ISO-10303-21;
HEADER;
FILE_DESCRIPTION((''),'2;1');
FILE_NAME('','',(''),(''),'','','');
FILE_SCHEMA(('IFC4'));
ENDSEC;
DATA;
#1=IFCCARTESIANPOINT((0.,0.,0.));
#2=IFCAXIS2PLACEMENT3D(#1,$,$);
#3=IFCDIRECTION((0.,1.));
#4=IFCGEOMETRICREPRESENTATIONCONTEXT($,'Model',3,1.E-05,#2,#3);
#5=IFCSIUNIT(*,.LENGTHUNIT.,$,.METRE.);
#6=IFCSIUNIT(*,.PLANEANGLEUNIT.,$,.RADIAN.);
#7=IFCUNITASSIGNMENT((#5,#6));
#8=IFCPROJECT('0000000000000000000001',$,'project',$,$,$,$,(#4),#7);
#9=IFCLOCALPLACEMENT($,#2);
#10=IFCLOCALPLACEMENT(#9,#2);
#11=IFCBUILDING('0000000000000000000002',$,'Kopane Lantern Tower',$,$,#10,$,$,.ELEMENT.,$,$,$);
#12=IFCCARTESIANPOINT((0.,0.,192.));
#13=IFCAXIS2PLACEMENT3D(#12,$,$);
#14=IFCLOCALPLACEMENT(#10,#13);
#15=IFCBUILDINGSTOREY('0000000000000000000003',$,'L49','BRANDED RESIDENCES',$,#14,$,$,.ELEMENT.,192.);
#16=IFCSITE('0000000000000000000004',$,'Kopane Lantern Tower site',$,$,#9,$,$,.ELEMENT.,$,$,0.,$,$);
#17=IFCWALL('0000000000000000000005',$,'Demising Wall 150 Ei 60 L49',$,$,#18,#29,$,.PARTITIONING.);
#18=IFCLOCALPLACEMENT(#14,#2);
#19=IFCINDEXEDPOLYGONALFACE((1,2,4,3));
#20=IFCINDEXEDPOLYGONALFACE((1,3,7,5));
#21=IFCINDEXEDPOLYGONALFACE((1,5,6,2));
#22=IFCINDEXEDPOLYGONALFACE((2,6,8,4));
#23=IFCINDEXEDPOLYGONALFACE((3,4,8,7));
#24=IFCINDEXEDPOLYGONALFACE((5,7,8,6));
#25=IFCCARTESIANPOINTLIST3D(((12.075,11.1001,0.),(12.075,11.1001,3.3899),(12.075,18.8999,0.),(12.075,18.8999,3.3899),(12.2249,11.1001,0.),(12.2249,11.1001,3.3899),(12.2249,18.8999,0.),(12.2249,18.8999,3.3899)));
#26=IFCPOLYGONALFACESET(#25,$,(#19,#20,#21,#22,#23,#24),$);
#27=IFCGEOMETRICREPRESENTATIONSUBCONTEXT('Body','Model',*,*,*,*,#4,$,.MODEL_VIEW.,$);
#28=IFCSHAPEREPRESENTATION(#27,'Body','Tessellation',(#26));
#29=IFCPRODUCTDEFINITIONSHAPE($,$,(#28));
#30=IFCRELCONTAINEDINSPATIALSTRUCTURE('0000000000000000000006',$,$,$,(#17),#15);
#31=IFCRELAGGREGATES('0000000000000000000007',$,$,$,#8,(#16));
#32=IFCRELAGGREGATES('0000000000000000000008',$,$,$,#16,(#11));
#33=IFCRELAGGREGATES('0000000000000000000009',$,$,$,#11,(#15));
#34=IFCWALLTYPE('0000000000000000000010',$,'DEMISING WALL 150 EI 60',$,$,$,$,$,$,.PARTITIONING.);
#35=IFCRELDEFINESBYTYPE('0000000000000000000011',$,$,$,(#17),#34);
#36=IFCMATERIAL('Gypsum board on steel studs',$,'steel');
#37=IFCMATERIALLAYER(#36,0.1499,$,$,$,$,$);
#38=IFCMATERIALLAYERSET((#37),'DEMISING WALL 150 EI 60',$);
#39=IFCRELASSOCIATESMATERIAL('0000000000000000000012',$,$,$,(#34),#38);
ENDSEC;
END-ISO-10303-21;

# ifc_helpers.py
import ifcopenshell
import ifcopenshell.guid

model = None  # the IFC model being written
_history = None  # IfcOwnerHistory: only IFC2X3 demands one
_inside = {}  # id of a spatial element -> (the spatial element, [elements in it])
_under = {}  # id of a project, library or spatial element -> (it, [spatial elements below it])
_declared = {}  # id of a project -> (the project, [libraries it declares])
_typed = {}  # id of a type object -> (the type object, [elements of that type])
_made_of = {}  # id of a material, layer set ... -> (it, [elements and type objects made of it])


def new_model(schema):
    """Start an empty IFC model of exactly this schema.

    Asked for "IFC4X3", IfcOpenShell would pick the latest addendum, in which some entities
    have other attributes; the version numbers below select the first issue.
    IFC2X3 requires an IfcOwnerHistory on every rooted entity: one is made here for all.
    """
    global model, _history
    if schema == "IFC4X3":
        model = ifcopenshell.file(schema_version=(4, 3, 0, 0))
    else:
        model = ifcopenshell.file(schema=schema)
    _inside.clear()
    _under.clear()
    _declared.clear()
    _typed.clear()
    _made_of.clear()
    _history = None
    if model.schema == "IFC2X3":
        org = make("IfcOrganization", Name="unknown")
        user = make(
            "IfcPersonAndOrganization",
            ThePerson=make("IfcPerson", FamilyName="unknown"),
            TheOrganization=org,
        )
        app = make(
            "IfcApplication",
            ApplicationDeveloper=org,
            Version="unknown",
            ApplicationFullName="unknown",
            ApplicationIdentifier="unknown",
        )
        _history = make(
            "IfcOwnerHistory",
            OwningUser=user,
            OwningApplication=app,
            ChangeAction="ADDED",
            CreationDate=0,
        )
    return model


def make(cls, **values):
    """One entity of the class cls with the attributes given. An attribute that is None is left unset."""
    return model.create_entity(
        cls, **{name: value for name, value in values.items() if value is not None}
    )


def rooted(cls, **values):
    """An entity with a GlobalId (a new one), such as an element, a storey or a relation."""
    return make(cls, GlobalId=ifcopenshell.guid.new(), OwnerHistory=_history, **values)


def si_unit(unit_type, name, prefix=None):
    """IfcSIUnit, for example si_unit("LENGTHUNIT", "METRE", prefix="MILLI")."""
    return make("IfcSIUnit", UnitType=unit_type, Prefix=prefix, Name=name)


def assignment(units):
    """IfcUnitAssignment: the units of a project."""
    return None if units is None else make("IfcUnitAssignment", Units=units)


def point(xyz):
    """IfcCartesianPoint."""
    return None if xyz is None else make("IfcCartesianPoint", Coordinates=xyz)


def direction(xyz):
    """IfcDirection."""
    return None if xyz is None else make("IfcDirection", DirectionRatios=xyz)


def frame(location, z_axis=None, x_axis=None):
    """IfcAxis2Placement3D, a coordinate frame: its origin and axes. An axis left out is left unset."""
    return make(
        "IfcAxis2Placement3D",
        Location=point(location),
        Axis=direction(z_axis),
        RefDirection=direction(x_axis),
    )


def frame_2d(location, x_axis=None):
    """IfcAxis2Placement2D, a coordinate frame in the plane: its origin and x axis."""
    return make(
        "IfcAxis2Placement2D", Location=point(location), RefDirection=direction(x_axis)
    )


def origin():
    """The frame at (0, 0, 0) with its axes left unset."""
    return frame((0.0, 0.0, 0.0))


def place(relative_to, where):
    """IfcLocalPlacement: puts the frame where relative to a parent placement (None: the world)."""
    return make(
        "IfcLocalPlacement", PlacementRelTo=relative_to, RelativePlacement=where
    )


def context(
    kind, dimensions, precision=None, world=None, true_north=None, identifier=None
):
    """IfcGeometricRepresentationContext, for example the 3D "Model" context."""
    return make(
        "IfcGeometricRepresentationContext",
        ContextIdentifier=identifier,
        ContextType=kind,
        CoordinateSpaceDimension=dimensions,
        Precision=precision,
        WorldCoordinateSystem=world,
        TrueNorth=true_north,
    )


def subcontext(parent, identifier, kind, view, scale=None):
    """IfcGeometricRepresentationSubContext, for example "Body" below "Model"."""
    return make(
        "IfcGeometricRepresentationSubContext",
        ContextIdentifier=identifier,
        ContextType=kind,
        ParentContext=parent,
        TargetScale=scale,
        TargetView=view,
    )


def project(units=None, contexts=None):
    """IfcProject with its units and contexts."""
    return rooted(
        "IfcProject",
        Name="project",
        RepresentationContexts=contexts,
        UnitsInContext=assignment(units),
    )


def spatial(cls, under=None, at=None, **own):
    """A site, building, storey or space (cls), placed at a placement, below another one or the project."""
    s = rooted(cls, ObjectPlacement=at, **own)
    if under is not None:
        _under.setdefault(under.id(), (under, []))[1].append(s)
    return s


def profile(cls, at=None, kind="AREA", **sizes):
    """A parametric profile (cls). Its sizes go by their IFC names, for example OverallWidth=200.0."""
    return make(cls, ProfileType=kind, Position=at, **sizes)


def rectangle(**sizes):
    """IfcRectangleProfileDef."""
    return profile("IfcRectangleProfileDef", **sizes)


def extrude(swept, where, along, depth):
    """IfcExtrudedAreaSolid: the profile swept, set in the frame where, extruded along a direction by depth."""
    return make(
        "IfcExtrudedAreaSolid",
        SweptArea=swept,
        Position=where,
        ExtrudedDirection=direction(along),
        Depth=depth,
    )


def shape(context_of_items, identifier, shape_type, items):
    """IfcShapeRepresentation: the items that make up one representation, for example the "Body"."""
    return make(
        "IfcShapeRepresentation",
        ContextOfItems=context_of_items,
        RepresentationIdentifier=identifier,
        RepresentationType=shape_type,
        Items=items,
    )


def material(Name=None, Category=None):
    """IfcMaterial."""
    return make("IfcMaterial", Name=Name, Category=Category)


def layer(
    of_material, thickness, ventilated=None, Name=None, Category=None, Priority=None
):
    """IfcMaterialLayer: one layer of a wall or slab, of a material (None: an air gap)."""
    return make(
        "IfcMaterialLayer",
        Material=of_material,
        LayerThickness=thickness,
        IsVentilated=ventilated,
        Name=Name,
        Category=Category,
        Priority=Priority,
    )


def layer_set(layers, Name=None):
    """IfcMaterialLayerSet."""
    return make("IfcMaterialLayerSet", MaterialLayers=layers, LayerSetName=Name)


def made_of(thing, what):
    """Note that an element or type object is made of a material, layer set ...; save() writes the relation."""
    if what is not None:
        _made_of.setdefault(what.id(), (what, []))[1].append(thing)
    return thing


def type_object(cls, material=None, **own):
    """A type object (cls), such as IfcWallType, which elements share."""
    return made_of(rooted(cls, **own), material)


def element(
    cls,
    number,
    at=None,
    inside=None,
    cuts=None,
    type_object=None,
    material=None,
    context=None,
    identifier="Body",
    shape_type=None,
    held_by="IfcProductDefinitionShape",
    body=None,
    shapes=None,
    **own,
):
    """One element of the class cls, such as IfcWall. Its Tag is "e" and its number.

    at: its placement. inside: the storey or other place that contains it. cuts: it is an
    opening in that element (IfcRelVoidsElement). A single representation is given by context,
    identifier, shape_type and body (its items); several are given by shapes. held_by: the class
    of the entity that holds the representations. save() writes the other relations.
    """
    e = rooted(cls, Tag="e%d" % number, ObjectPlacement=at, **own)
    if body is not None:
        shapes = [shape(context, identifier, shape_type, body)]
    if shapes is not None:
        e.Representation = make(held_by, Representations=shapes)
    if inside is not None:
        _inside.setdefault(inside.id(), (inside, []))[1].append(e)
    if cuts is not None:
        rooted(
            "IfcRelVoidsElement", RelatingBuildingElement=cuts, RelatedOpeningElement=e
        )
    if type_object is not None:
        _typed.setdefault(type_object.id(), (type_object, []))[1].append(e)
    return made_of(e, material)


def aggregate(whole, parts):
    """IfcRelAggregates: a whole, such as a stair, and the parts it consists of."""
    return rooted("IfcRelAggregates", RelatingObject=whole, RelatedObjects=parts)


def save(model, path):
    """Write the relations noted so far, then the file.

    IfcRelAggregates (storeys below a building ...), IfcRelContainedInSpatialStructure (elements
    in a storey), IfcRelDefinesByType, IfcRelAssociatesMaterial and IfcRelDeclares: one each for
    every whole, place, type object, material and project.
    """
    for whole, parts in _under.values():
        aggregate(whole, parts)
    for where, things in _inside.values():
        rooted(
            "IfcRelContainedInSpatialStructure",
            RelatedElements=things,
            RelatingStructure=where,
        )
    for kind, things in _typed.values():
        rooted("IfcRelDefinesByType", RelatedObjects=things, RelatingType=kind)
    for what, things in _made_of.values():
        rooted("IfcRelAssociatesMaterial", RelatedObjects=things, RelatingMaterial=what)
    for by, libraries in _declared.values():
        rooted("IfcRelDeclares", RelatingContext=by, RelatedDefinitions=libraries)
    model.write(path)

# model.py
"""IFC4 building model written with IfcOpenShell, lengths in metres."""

from ifc_helpers import new_model, si_unit, direction, frame, frame_2d, origin, place, context, subcontext, project, spatial, rectangle, extrude, material, layer, layer_set, type_object, element, save


model = new_model("IFC4")

# Units and contexts
model_context = context("Model", 3, precision=1e-05, world=origin(), true_north=direction((0.0, 1.0)))
body_context = subcontext(model_context, "Body", "Model", "MODEL_VIEW")
ifc_project = project(units=[si_unit("LENGTHUNIT", "METRE"), si_unit("PLANEANGLEUNIT", "RADIAN")], contexts=[model_context])

# Site, building, storey
site_placement = place(None, origin())
site = spatial("IfcSite", under=ifc_project, at=site_placement, Name="Kopane Lantern Tower site", CompositionType="ELEMENT", RefElevation=0.0)
building_placement = place(site_placement, origin())
building = spatial("IfcBuilding", under=site, at=building_placement, Name="Kopane Lantern Tower", CompositionType="ELEMENT")
storey_placement = place(building_placement, frame((0.0, 0.0, 192.0)))
storey = spatial("IfcBuildingStorey", under=building, at=storey_placement, Name="L49", Description="BRANDED RESIDENCES", CompositionType="ELEMENT", Elevation=192.0)

# Wall
ifc_material_1 = material(Name="Gypsum board on steel studs", Category="steel")
ifc_layer_1 = layer(ifc_material_1, 0.1499)
ifc_layer_set_1 = layer_set([ifc_layer_1], Name="DEMISING WALL 150 EI 60")
wall_type_1 = type_object("IfcWallType", Name="DEMISING WALL 150 EI 60", PredefinedType="PARTITIONING", material=ifc_layer_set_1)
wall_1_placement = place(storey_placement, frame((12.1499, 18.8999, 0.0), z_axis=(0.0, 0.0, 1.0), x_axis=(0.0, -1.0, 0.0)))
element("IfcWall", 1, at=wall_1_placement, inside=storey, type_object=wall_type_1, Name="Demising Wall 150 Ei 60 L49", PredefinedType="PARTITIONING", context=body_context, shape_type="SweptSolid", body=[
    extrude(rectangle(XDim=7.7998, YDim=0.1499, at=frame_2d((3.8999, 0.0))), origin(), (0.0, 0.0, 1.0), 3.3899),
])

save(model, "model.ifc")
